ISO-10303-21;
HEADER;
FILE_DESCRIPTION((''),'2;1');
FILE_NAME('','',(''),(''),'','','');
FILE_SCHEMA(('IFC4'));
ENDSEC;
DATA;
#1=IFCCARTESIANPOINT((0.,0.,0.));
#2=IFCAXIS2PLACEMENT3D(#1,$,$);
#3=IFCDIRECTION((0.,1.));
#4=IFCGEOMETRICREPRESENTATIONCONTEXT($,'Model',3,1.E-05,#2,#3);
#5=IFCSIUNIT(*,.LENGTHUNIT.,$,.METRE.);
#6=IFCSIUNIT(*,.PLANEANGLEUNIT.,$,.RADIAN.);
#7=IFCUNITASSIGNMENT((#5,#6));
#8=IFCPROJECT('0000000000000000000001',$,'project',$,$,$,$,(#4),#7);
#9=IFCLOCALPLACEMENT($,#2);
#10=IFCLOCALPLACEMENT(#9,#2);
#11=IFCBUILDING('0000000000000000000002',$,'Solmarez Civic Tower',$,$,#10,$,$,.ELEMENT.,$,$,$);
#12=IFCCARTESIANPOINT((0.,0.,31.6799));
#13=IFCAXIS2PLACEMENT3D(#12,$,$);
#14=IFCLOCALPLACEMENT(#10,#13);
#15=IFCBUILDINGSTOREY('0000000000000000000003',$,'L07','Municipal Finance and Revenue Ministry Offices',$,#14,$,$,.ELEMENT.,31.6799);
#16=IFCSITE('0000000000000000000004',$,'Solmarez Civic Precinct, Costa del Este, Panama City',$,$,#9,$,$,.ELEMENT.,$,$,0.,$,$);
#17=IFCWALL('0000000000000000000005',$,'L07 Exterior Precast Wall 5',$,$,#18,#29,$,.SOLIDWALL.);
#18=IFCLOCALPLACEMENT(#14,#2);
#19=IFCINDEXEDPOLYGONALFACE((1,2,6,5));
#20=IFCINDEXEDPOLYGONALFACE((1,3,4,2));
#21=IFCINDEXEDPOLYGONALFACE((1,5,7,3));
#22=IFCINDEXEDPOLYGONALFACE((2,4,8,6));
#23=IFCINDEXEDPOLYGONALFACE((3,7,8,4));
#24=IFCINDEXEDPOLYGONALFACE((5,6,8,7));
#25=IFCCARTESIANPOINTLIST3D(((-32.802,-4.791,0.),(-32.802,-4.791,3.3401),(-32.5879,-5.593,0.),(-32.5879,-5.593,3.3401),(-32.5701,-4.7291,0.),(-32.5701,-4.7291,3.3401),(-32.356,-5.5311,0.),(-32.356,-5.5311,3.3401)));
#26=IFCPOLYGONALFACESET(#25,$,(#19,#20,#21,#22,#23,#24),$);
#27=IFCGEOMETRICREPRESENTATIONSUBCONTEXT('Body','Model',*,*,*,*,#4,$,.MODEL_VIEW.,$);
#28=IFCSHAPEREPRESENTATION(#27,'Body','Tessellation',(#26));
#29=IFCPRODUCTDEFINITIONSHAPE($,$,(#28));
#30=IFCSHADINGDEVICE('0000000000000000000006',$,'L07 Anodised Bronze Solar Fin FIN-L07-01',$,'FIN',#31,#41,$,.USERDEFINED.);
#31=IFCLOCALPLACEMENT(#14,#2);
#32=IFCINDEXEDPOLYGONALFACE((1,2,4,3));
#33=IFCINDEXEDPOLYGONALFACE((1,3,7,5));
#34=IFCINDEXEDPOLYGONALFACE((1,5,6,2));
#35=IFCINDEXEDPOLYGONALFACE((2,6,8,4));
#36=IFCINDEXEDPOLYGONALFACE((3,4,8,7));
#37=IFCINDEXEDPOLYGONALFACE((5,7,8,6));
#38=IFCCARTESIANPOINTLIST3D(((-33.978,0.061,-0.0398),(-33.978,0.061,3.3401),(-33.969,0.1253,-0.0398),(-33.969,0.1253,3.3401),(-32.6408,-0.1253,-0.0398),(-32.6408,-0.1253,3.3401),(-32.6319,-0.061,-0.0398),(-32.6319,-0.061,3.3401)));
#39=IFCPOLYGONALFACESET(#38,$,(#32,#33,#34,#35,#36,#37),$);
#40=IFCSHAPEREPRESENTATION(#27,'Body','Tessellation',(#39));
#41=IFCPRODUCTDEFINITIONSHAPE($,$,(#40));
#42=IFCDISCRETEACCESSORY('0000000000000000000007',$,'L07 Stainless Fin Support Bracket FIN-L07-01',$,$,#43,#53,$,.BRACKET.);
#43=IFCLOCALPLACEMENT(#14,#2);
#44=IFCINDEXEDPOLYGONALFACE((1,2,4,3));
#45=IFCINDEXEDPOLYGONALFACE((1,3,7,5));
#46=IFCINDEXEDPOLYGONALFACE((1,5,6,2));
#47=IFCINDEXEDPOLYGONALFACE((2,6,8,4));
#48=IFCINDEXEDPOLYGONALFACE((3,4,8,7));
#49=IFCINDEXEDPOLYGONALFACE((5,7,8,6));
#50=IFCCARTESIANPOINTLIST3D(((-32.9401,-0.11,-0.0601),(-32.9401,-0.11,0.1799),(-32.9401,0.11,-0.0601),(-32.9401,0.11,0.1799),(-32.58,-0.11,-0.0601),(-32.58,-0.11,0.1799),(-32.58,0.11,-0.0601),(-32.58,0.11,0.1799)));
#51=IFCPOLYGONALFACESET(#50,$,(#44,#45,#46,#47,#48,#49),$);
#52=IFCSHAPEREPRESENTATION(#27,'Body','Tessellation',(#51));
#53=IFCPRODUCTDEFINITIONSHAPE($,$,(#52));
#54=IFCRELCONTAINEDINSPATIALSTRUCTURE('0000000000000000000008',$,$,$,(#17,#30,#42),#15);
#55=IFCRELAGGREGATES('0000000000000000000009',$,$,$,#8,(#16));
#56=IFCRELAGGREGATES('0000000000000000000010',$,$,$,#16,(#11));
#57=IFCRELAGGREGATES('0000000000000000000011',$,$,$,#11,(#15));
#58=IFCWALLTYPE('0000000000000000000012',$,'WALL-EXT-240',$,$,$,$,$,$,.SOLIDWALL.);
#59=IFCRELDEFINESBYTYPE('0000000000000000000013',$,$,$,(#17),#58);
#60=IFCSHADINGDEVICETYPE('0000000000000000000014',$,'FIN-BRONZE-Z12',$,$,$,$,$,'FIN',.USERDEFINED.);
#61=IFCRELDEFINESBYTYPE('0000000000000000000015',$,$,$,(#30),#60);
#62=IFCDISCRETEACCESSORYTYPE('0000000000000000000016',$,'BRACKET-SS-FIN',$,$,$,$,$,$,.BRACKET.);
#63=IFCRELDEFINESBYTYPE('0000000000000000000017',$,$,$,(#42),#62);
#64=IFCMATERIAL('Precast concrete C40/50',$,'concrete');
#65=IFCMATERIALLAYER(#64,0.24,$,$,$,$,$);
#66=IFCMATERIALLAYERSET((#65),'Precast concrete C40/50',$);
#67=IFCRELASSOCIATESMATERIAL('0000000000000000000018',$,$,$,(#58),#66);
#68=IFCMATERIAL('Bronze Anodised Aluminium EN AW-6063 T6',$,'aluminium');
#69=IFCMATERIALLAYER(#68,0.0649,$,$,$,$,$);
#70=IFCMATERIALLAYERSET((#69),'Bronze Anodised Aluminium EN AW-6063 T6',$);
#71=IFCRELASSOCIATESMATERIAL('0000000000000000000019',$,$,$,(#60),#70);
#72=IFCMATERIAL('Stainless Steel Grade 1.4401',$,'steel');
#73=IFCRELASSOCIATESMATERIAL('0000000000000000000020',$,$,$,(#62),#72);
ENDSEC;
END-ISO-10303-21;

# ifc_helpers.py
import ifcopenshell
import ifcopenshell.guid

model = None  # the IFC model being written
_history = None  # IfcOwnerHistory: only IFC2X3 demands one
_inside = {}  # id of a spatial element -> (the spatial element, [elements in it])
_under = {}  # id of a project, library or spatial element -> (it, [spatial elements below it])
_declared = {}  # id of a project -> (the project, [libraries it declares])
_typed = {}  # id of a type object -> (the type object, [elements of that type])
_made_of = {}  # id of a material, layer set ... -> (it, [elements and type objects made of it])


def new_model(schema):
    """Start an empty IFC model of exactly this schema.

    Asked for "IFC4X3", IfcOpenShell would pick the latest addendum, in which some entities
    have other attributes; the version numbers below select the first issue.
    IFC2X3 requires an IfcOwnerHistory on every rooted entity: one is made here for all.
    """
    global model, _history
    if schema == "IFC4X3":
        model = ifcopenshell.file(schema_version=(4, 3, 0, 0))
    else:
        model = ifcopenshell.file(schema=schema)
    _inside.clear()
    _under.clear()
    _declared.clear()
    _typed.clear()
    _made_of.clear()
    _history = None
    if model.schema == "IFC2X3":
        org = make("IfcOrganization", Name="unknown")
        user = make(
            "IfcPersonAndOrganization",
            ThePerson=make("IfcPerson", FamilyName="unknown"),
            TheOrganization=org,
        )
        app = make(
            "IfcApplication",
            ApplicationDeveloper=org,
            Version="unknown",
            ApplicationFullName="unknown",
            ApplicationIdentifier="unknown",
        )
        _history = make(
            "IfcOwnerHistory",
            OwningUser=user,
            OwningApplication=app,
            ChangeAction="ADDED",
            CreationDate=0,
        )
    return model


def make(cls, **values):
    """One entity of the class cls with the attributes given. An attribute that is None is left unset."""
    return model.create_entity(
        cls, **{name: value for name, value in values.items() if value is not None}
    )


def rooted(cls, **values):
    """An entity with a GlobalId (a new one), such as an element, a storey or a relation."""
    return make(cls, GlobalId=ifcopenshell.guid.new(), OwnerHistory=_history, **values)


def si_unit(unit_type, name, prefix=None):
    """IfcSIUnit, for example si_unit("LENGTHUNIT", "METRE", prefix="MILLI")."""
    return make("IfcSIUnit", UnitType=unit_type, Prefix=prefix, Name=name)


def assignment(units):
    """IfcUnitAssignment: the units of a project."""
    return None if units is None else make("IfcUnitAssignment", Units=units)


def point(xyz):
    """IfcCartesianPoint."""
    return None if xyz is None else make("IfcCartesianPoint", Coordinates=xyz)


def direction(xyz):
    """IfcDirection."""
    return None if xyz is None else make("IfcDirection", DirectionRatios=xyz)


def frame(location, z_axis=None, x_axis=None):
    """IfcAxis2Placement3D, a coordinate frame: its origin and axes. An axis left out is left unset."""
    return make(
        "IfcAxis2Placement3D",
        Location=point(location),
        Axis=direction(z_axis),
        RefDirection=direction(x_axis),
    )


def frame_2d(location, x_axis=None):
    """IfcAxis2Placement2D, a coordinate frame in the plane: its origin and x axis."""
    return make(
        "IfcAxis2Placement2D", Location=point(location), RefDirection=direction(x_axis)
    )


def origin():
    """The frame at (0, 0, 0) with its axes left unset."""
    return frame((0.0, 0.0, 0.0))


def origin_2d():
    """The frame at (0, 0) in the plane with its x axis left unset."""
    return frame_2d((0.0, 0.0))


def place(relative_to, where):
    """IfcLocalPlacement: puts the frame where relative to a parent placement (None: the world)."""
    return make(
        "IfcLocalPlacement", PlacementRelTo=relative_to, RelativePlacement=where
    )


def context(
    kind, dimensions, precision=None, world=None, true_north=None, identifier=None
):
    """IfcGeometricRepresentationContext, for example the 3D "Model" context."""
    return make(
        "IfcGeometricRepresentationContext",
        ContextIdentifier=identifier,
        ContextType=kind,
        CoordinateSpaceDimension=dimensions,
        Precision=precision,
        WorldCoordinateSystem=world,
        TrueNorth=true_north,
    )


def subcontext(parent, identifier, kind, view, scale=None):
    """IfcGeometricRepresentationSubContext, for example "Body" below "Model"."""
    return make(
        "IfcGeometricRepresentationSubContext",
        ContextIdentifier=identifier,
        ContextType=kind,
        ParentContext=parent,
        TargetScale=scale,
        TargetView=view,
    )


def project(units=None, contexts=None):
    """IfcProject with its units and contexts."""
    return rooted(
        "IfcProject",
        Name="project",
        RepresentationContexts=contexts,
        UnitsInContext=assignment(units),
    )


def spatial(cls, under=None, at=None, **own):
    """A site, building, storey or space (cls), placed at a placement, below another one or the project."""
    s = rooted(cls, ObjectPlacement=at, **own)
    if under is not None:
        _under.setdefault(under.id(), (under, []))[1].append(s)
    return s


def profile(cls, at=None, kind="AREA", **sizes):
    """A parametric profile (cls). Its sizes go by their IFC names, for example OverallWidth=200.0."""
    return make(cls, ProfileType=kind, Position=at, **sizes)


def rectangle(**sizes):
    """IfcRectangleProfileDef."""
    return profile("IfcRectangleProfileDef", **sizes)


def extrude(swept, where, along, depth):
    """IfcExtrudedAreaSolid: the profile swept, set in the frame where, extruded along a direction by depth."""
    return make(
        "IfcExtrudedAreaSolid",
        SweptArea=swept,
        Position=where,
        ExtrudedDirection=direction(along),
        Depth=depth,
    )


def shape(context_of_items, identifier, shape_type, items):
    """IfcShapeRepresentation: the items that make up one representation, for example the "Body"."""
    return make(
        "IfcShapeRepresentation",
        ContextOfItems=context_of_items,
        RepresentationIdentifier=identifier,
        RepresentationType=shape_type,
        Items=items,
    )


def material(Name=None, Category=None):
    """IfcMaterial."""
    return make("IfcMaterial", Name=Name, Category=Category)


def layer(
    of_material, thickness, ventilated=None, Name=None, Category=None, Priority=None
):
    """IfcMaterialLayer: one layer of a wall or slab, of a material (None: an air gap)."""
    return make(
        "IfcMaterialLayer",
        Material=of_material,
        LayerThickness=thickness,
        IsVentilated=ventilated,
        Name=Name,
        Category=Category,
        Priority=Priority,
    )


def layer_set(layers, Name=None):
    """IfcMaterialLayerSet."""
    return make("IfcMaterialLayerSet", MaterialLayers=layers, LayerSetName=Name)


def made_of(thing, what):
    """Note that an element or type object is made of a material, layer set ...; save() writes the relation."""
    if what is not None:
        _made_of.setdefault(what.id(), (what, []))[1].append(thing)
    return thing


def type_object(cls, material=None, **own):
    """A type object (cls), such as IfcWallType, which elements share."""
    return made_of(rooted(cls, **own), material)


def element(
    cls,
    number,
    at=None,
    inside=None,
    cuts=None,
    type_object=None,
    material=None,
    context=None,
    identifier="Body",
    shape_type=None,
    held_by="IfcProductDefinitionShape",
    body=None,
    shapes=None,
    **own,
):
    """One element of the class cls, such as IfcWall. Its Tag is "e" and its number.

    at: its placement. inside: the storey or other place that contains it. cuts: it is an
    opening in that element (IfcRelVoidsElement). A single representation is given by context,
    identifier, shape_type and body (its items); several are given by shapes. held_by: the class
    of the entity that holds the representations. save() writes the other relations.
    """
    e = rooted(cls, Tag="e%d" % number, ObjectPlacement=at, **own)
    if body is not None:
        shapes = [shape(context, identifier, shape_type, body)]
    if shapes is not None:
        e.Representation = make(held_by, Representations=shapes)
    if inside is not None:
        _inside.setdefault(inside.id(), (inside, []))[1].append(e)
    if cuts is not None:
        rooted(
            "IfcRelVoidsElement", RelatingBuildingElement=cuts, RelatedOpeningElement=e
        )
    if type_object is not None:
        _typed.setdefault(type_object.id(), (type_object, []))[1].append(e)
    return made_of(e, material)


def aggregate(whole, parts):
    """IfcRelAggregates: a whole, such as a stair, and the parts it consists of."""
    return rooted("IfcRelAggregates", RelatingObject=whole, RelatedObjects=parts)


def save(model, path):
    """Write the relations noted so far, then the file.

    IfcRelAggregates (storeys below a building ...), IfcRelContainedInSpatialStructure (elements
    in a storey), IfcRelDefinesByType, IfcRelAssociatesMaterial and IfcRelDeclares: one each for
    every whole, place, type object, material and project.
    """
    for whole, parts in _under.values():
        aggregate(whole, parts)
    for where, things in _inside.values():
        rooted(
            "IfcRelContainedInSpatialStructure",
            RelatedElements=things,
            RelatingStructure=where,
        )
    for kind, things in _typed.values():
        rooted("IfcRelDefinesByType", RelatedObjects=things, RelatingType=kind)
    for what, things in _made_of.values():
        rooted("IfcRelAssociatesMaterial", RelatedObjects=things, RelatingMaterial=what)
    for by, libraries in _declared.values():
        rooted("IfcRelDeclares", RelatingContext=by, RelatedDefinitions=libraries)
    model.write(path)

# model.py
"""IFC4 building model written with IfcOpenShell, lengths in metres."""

from ifc_helpers import new_model, si_unit, direction, frame, frame_2d, origin, origin_2d, place, context, subcontext, project, spatial, rectangle, extrude, material, layer, layer_set, type_object, element, save


model = new_model("IFC4")

# Units and contexts
model_context = context("Model", 3, precision=1e-05, world=origin(), true_north=direction((0.0, 1.0)))
body_context = subcontext(model_context, "Body", "Model", "MODEL_VIEW")
ifc_project = project(units=[si_unit("LENGTHUNIT", "METRE"), si_unit("PLANEANGLEUNIT", "RADIAN")], contexts=[model_context])

# Site, building, storey
site_placement = place(None, origin())
site = spatial("IfcSite", under=ifc_project, at=site_placement, Name="Solmarez Civic Precinct, Costa del Este, Panama City", CompositionType="ELEMENT", RefElevation=0.0)
building_placement = place(site_placement, origin())
building = spatial("IfcBuilding", under=site, at=building_placement, Name="Solmarez Civic Tower", CompositionType="ELEMENT")
storey_placement = place(building_placement, frame((0.0, 0.0, 31.6799)))
storey = spatial("IfcBuildingStorey", under=building, at=storey_placement, Name="L07", Description="Municipal Finance and Revenue Ministry Offices", CompositionType="ELEMENT", Elevation=31.6799)

# Shared definitions
ifc_material_1 = material(Name="Bronze Anodised Aluminium EN AW-6063 T6", Category="aluminium")

# Wall
ifc_material_2 = material(Name="Precast concrete C40/50", Category="concrete")
ifc_layer_1 = layer(ifc_material_2, 0.24)
ifc_layer_set_1 = layer_set([ifc_layer_1], Name="Precast concrete C40/50")
wall_type = type_object("IfcWallType", Name="WALL-EXT-240", PredefinedType="SOLIDWALL", material=ifc_layer_set_1)
wall_1_placement = place(storey_placement, frame((-32.4719, -5.562, 0.0), z_axis=(0.0, 0.0, 1.0), x_axis=(-0.257937, 0.966162, 0.0)))
element("IfcWall", 1, at=wall_1_placement, inside=storey, type_object=wall_type, Name="L07 Exterior Precast Wall 5", PredefinedType="SOLIDWALL", context=body_context, shape_type="SweptSolid", body=[
    extrude(rectangle(XDim=0.8301, YDim=0.24, at=frame_2d((0.415, 0.0))), origin(), (0.0, 0.0, 1.0), 3.3401),
])

# Shading device
ifc_layer_2 = layer(ifc_material_1, 0.0649)
ifc_layer_set_2 = layer_set([ifc_layer_2], Name="Bronze Anodised Aluminium EN AW-6063 T6")
shading_device_type = type_object("IfcShadingDeviceType", Name="FIN-BRONZE-Z12", ElementType="FIN", PredefinedType="USERDEFINED", material=ifc_layer_set_2)
shading_device_placement = place(storey_placement, frame((-33.3049, 0.0, -0.0398), z_axis=(0.0, 0.0, 1.0), x_axis=(-0.990435, 0.13798, 0.0)))
element("IfcShadingDevice", 2, at=shading_device_placement, inside=storey, type_object=shading_device_type, Name="L07 Anodised Bronze Solar Fin FIN-L07-01", ObjectType="FIN", PredefinedType="USERDEFINED", context=body_context, shape_type="SweptSolid", body=[
    extrude(rectangle(XDim=1.3501, YDim=0.0649, at=origin_2d()), origin(), (0.0, 0.0, 1.0), 3.3799),
])

# Discrete accessory
ifc_material_3 = material(Name="Stainless Steel Grade 1.4401", Category="steel")
discrete_accessory_type = type_object("IfcDiscreteAccessoryType", Name="BRACKET-SS-FIN", PredefinedType="BRACKET", material=ifc_material_3)
discrete_accessory_placement = place(storey_placement, frame((-32.76, 0.0, -0.0601), z_axis=(0.0, 0.0, 1.0), x_axis=(-1.0, 0.0, 0.0)))
element("IfcDiscreteAccessory", 3, at=discrete_accessory_placement, inside=storey, type_object=discrete_accessory_type, Name="L07 Stainless Fin Support Bracket FIN-L07-01", PredefinedType="BRACKET", context=body_context, shape_type="SweptSolid", body=[
    extrude(rectangle(XDim=0.3601, YDim=0.22, at=origin_2d()), origin(), (0.0, 0.0, 1.0), 0.24),
])

save(model, "model.ifc")
